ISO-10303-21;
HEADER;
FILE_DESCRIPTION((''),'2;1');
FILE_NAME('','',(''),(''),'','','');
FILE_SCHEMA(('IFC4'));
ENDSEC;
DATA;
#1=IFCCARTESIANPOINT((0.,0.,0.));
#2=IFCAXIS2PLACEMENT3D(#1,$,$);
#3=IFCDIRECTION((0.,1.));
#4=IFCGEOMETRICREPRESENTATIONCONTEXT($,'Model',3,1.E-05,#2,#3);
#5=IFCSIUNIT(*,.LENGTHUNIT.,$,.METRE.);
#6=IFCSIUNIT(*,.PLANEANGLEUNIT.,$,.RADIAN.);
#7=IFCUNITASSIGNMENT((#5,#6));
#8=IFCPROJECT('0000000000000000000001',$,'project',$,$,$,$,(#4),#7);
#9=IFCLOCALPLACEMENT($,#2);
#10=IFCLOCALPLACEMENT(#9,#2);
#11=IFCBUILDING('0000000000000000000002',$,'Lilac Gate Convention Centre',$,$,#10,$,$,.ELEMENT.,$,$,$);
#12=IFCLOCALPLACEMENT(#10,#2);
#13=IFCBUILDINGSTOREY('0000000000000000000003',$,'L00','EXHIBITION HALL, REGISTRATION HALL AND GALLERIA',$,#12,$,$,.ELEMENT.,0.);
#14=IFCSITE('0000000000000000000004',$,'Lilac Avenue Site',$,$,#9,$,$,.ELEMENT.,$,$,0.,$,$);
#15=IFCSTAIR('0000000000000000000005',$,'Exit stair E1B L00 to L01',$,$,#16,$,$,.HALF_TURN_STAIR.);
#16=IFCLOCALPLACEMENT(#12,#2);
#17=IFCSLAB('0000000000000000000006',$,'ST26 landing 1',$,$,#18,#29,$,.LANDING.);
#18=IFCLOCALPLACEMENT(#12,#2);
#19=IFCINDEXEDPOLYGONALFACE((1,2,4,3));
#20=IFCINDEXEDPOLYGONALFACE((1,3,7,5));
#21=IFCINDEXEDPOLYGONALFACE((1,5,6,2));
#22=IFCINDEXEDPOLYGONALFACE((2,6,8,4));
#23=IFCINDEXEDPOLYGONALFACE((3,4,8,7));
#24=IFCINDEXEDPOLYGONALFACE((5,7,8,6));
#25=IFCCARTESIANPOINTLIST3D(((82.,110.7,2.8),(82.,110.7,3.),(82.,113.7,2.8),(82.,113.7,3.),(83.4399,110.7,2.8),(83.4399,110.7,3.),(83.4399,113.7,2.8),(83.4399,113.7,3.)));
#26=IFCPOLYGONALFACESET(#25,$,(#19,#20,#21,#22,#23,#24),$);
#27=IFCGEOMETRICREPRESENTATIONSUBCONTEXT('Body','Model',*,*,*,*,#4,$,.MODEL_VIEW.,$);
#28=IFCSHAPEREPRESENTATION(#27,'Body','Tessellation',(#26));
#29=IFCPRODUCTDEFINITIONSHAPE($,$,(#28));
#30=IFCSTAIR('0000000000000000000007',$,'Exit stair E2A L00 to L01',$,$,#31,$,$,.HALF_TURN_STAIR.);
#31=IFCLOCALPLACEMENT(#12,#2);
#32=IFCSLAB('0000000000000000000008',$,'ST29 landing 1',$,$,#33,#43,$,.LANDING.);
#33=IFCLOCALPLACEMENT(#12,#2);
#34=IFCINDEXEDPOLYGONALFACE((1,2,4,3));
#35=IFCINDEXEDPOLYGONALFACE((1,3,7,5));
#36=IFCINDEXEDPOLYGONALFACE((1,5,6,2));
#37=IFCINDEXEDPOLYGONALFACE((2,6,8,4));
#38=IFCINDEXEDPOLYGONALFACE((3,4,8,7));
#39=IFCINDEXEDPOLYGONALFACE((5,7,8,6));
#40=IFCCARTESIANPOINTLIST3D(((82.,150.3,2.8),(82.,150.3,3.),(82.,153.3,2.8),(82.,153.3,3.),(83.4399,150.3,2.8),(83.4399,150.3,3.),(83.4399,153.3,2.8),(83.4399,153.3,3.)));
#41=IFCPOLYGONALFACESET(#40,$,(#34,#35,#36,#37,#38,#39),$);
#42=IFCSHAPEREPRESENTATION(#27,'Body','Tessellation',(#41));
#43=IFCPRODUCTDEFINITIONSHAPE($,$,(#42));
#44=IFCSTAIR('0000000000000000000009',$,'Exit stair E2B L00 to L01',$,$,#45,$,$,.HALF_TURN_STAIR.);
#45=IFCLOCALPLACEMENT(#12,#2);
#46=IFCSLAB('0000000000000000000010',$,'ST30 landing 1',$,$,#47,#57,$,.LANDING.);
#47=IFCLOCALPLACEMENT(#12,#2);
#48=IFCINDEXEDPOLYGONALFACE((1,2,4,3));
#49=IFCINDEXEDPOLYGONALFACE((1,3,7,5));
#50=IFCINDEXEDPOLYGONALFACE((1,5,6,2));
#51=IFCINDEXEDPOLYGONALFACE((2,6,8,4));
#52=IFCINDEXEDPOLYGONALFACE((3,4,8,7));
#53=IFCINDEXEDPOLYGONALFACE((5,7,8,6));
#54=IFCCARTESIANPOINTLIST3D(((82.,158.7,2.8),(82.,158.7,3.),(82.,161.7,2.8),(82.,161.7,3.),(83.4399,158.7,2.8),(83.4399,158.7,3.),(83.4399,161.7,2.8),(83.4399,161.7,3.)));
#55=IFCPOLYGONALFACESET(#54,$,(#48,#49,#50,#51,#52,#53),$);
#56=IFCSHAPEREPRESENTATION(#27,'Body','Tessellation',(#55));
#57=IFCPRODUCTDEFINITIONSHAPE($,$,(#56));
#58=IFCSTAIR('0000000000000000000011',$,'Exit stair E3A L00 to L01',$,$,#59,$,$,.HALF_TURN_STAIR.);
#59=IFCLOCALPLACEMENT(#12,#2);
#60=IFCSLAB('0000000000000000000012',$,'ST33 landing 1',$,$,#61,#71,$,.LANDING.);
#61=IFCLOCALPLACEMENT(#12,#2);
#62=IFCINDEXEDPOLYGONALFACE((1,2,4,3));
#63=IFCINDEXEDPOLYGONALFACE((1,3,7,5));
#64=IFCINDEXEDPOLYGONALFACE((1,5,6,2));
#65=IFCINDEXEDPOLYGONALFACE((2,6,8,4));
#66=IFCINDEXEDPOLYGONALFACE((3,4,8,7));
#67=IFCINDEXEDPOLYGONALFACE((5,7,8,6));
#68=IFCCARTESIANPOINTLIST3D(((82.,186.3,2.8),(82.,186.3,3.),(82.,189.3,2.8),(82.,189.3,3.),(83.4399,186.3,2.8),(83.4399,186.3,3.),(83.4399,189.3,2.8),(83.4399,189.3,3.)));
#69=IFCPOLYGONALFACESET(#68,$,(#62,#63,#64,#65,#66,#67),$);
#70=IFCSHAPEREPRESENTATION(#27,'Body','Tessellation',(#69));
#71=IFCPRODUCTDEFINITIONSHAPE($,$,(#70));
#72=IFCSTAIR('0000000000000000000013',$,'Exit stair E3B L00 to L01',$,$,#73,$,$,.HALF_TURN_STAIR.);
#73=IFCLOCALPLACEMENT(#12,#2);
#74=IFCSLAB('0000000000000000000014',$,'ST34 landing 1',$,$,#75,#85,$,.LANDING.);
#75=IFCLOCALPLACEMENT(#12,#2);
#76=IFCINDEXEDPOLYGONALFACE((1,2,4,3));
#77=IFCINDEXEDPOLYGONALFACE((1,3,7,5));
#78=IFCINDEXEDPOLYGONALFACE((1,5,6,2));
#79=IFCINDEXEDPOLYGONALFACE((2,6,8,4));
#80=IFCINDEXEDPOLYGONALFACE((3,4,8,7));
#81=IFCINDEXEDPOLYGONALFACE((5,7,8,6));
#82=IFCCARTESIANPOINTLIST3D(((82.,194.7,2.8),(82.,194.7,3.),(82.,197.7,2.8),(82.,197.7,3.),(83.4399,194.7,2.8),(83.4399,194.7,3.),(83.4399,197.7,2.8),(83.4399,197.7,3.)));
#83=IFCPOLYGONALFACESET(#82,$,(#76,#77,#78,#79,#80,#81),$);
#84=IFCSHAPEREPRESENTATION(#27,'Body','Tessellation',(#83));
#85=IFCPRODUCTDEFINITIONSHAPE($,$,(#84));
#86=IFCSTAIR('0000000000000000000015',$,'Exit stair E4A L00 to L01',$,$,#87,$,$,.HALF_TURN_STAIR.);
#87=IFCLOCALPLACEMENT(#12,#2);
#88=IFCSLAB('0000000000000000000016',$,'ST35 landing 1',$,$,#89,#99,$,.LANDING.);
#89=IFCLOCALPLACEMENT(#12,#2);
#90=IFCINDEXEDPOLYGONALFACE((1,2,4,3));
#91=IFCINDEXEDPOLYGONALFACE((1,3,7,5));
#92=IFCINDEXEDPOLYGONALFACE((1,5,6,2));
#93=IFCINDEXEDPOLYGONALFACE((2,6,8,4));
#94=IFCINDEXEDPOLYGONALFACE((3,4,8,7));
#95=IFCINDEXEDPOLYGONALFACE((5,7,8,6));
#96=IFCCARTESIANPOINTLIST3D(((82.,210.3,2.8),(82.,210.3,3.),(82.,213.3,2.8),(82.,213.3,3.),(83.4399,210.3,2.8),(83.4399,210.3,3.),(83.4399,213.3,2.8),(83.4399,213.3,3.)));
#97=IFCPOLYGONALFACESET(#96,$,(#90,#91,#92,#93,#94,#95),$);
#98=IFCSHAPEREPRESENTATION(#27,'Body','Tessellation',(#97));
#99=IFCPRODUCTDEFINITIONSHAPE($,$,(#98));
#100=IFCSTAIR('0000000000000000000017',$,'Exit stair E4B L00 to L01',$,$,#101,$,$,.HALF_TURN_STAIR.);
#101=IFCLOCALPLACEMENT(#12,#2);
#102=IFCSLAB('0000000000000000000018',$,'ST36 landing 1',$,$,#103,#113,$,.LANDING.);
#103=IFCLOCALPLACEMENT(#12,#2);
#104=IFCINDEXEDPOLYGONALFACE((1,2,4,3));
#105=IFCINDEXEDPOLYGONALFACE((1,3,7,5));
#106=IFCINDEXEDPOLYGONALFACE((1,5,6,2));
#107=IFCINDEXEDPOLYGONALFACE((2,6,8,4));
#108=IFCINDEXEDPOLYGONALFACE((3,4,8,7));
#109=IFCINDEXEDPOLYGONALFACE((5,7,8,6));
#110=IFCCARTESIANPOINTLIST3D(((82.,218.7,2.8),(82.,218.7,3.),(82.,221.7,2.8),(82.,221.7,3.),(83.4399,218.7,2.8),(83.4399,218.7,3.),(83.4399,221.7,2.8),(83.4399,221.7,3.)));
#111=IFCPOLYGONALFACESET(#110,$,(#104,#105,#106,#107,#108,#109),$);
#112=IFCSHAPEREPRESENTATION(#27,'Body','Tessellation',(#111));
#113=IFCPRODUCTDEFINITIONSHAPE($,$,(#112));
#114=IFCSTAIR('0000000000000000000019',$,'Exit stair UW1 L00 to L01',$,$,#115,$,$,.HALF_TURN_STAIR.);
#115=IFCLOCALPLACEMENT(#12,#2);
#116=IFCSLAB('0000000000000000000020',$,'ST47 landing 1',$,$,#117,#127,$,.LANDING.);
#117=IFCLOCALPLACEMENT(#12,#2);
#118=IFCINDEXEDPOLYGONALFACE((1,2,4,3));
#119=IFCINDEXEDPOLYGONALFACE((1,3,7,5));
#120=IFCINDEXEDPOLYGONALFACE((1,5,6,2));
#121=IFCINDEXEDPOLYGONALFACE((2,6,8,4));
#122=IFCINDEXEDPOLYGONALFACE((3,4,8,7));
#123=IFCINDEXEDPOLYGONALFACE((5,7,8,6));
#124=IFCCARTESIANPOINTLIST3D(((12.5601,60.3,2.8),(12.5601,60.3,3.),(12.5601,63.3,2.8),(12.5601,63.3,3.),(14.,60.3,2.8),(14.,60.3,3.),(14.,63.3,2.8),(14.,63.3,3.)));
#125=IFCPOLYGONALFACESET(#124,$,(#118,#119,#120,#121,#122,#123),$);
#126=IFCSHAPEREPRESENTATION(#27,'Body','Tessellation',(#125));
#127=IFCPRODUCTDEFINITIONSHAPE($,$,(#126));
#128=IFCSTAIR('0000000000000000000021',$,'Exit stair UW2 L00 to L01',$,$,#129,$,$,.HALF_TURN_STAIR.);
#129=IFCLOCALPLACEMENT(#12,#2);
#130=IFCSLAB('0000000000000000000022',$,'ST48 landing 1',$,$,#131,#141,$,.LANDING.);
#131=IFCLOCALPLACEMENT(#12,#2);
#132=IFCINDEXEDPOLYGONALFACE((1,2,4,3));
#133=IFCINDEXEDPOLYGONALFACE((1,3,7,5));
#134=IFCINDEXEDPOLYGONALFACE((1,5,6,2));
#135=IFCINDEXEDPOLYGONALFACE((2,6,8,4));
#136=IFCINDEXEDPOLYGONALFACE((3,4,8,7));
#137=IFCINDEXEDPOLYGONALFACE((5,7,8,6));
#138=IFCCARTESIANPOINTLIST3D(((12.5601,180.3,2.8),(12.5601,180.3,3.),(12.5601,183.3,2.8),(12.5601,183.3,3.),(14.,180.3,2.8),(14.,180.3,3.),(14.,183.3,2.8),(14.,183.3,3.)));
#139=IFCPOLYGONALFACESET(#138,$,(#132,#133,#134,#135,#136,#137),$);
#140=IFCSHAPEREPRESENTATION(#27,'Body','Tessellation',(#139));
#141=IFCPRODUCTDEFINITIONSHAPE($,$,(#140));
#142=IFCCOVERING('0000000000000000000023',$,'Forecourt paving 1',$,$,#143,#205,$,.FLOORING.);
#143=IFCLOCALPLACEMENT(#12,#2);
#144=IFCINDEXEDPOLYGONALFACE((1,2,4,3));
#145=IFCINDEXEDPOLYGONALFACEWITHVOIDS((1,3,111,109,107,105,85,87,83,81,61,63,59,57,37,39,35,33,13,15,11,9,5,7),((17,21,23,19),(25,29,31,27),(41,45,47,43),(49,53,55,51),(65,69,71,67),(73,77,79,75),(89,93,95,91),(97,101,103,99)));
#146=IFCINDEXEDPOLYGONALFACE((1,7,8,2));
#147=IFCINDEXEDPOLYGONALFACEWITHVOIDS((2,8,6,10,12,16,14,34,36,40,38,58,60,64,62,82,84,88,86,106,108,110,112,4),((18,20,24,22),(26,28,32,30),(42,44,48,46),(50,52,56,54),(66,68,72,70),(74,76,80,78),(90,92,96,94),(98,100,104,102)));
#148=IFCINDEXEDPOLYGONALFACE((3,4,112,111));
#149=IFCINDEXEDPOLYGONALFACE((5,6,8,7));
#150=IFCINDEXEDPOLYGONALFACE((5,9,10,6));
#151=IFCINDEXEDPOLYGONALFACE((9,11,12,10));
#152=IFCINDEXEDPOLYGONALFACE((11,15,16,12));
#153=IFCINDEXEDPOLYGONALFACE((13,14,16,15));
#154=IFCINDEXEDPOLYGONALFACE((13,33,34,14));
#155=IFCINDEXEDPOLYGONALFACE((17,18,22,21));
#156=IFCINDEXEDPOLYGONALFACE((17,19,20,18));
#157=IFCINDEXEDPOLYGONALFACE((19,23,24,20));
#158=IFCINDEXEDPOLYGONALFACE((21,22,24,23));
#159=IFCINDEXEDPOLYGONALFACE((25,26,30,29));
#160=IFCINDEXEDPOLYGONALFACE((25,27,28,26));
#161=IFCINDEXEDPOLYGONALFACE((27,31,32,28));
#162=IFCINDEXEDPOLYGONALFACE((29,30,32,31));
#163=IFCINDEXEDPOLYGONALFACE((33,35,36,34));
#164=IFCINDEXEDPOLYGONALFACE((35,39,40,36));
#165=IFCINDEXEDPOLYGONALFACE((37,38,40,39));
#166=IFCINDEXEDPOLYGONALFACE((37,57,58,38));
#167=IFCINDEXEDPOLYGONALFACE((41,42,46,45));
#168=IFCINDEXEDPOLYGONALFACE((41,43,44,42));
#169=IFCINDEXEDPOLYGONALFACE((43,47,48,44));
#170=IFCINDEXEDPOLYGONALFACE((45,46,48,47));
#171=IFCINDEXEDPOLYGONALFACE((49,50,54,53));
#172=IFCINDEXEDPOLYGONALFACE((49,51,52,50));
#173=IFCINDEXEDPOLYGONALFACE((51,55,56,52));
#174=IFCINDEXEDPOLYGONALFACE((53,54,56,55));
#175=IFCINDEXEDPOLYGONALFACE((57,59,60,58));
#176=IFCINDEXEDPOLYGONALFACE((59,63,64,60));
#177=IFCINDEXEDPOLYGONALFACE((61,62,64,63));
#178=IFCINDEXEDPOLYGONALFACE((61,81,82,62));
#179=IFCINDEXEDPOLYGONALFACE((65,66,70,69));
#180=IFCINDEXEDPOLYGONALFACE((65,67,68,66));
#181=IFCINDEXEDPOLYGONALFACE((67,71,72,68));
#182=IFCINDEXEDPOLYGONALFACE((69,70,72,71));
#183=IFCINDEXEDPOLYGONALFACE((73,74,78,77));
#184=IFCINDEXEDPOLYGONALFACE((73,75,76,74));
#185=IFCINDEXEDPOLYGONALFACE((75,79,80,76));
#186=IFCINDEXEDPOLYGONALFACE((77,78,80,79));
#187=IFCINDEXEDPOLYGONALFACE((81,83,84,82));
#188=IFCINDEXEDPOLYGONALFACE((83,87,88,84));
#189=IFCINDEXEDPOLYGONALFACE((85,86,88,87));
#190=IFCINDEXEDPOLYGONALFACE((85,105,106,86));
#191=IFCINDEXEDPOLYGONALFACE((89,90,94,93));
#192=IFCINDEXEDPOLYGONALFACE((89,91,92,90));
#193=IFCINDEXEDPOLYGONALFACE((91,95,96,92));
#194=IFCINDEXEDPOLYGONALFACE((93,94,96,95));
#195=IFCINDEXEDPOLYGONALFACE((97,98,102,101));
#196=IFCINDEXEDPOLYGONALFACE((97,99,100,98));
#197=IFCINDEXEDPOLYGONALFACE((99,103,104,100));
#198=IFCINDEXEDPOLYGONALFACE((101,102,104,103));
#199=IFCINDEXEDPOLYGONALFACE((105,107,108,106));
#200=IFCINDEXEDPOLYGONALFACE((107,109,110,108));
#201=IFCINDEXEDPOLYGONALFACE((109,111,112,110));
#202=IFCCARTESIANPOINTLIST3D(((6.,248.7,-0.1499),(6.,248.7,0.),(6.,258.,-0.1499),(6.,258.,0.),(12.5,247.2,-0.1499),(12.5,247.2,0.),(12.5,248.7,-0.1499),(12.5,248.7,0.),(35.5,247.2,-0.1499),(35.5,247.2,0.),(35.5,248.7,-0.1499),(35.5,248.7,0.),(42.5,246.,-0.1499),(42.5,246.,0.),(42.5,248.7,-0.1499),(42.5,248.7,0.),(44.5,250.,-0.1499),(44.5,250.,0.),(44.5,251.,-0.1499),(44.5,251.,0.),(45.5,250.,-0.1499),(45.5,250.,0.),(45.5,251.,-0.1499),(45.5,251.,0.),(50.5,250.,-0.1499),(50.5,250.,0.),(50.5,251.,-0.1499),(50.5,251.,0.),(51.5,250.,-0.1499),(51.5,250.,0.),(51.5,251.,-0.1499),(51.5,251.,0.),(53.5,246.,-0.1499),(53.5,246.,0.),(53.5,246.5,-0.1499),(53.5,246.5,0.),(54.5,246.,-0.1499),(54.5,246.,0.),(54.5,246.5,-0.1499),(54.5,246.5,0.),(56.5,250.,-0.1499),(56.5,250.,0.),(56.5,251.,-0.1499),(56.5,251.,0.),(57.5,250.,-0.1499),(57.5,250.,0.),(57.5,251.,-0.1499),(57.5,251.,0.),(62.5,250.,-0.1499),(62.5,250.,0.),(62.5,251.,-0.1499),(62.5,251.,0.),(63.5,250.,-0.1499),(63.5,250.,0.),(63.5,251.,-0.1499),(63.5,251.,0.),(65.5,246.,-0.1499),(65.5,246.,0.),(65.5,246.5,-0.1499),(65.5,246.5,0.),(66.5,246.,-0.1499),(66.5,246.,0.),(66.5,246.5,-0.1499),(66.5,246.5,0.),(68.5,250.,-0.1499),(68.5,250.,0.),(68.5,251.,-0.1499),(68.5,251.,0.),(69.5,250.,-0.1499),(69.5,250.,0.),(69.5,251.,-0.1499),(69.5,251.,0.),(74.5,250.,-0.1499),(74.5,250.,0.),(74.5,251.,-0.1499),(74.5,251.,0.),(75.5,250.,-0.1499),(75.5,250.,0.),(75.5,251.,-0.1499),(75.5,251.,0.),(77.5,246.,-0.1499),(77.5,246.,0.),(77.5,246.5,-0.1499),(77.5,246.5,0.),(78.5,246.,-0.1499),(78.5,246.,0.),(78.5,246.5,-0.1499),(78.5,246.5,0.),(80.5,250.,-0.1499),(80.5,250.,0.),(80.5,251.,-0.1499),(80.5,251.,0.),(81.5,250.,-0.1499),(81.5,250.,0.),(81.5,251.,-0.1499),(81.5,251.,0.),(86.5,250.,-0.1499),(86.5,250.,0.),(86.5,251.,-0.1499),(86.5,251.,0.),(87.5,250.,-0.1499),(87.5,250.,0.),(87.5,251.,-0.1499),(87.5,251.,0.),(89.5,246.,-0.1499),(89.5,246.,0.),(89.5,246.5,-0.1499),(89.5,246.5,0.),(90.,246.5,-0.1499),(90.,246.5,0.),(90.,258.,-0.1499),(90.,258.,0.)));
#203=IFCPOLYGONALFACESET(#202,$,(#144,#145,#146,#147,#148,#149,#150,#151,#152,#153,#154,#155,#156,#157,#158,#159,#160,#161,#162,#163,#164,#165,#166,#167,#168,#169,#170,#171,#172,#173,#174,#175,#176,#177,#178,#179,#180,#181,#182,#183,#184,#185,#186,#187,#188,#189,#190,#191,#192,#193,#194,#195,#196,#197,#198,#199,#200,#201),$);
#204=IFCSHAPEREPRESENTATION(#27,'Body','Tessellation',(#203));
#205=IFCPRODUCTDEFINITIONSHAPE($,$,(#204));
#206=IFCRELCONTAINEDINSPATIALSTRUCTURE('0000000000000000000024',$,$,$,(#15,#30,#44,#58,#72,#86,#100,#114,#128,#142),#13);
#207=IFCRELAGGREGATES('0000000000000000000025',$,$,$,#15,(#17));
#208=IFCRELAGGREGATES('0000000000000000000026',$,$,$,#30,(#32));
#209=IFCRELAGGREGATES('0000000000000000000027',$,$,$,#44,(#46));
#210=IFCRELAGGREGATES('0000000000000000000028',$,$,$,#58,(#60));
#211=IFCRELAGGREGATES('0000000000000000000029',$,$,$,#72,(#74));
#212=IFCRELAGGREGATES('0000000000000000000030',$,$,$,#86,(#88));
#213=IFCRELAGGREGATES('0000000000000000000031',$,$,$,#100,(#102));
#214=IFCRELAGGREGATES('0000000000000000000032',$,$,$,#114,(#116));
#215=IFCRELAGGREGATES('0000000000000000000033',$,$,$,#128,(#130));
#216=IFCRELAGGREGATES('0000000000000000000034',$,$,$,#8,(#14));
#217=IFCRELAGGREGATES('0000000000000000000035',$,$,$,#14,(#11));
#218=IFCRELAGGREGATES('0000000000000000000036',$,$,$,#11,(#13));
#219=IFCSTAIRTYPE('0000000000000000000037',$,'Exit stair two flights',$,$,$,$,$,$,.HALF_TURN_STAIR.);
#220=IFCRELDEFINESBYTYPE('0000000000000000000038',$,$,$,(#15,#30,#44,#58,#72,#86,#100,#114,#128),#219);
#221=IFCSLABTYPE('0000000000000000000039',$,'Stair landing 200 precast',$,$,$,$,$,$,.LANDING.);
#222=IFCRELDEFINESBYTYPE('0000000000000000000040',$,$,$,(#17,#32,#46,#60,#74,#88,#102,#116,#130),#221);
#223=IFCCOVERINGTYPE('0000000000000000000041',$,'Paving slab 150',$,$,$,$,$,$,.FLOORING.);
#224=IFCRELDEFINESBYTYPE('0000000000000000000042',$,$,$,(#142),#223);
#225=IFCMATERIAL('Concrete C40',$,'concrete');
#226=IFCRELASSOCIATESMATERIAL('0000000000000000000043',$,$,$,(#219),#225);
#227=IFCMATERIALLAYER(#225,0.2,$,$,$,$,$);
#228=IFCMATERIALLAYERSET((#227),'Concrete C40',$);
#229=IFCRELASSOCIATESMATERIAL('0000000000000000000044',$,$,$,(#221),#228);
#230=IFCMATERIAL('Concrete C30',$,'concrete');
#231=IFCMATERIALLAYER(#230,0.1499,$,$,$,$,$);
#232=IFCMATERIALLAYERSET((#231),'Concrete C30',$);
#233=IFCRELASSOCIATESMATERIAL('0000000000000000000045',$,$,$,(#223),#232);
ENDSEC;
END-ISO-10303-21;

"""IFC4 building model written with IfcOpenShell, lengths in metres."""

from ifc_helpers import new_model, si_unit, direction, frame, origin, place, context, subcontext, project, spatial, polyline, outline, extrude, material, layer, layer_set, type_object, element, aggregate, save


model = new_model("IFC4")

# Units and contexts
model_context = context("Model", 3, precision=1e-05, world=origin(), true_north=direction((0.0, 1.0)))
body_context = subcontext(model_context, "Body", "Model", "MODEL_VIEW")
ifc_project = project(units=[si_unit("LENGTHUNIT", "METRE"), si_unit("PLANEANGLEUNIT", "RADIAN")], contexts=[model_context])

# Site, building, storey
site_placement = place(None, origin())
site = spatial("IfcSite", under=ifc_project, at=site_placement, Name="Lilac Avenue Site", CompositionType="ELEMENT", RefElevation=0.0)
building_placement = place(site_placement, origin())
building = spatial("IfcBuilding", under=site, at=building_placement, Name="Lilac Gate Convention Centre", CompositionType="ELEMENT")
storey_placement = place(building_placement, origin())
storey = spatial("IfcBuildingStorey", under=building, at=storey_placement, Name="L00", Description="EXHIBITION HALL, REGISTRATION HALL AND GALLERIA", CompositionType="ELEMENT", Elevation=0.0)

# Shared definitions
ifc_material_1 = material(Name="Concrete C30", Category="concrete")

# Shared definitions
ifc_material_2 = material(Name="Concrete C40", Category="concrete")

# Stairs, slabs
stair_type_1 = type_object("IfcStairType", Name="Exit stair two flights", PredefinedType="HALF_TURN_STAIR", material=ifc_material_2)
ifc_layer_1 = layer(ifc_material_2, 0.2)
ifc_layer_set_1 = layer_set([ifc_layer_1], Name="Concrete C40")
slab_type_1 = type_object("IfcSlabType", Name="Stair landing 200 precast", PredefinedType="LANDING", material=ifc_layer_set_1)
stair_1_placement = place(storey_placement, origin())
stair_1 = element("IfcStair", 1, at=stair_1_placement, inside=storey, type_object=stair_type_1, Name="Exit stair E1B L00 to L01", PredefinedType="HALF_TURN_STAIR")
slab_1_placement = place(storey_placement, frame((0.0, 0.0, 2.8)))
slab_1 = element("IfcSlab", 2, at=slab_1_placement, type_object=slab_type_1, Name="ST26 landing 1", PredefinedType="LANDING", context=body_context, shape_type="SweptSolid", body=[
    extrude(outline(polyline([(82.0, 110.7), (83.4399, 110.7), (83.4399, 113.7), (82.0, 113.7), (82.0, 110.7)])), origin(), (0.0, 0.0, 1.0), 0.2),
])
aggregate(stair_1, [slab_1])
stair_2_placement = place(storey_placement, origin())
stair_2 = element("IfcStair", 3, at=stair_2_placement, inside=storey, type_object=stair_type_1, Name="Exit stair E2A L00 to L01", PredefinedType="HALF_TURN_STAIR")
slab_2_placement = place(storey_placement, frame((0.0, 0.0, 2.8)))
slab_2 = element("IfcSlab", 4, at=slab_2_placement, type_object=slab_type_1, Name="ST29 landing 1", PredefinedType="LANDING", context=body_context, shape_type="SweptSolid", body=[
    extrude(outline(polyline([(82.0, 150.3), (83.4399, 150.3), (83.4399, 153.3), (82.0, 153.3), (82.0, 150.3)])), origin(), (0.0, 0.0, 1.0), 0.2),
])
aggregate(stair_2, [slab_2])
stair_3_placement = place(storey_placement, origin())
stair_3 = element("IfcStair", 5, at=stair_3_placement, inside=storey, type_object=stair_type_1, Name="Exit stair E2B L00 to L01", PredefinedType="HALF_TURN_STAIR")
slab_3_placement = place(storey_placement, frame((0.0, 0.0, 2.8)))
slab_3 = element("IfcSlab", 6, at=slab_3_placement, type_object=slab_type_1, Name="ST30 landing 1", PredefinedType="LANDING", context=body_context, shape_type="SweptSolid", body=[
    extrude(outline(polyline([(82.0, 158.7), (83.4399, 158.7), (83.4399, 161.7), (82.0, 161.7), (82.0, 158.7)])), origin(), (0.0, 0.0, 1.0), 0.2),
])
aggregate(stair_3, [slab_3])
stair_4_placement = place(storey_placement, origin())
stair_4 = element("IfcStair", 7, at=stair_4_placement, inside=storey, type_object=stair_type_1, Name="Exit stair E3A L00 to L01", PredefinedType="HALF_TURN_STAIR")
slab_4_placement = place(storey_placement, frame((0.0, 0.0, 2.8)))
slab_4 = element("IfcSlab", 8, at=slab_4_placement, type_object=slab_type_1, Name="ST33 landing 1", PredefinedType="LANDING", context=body_context, shape_type="SweptSolid", body=[
    extrude(outline(polyline([(82.0, 186.3), (83.4399, 186.3), (83.4399, 189.3), (82.0, 189.3), (82.0, 186.3)])), origin(), (0.0, 0.0, 1.0), 0.2),
])
aggregate(stair_4, [slab_4])
stair_5_placement = place(storey_placement, origin())
stair_5 = element("IfcStair", 9, at=stair_5_placement, inside=storey, type_object=stair_type_1, Name="Exit stair E3B L00 to L01", PredefinedType="HALF_TURN_STAIR")
slab_5_placement = place(storey_placement, frame((0.0, 0.0, 2.8)))
slab_5 = element("IfcSlab", 10, at=slab_5_placement, type_object=slab_type_1, Name="ST34 landing 1", PredefinedType="LANDING", context=body_context, shape_type="SweptSolid", body=[
    extrude(outline(polyline([(82.0, 194.7), (83.4399, 194.7), (83.4399, 197.7), (82.0, 197.7), (82.0, 194.7)])), origin(), (0.0, 0.0, 1.0), 0.2),
])
aggregate(stair_5, [slab_5])
stair_6_placement = place(storey_placement, origin())
stair_6 = element("IfcStair", 11, at=stair_6_placement, inside=storey, type_object=stair_type_1, Name="Exit stair E4A L00 to L01", PredefinedType="HALF_TURN_STAIR")
slab_6_placement = place(storey_placement, frame((0.0, 0.0, 2.8)))
slab_6 = element("IfcSlab", 12, at=slab_6_placement, type_object=slab_type_1, Name="ST35 landing 1", PredefinedType="LANDING", context=body_context, shape_type="SweptSolid", body=[
    extrude(outline(polyline([(82.0, 210.3), (83.4399, 210.3), (83.4399, 213.3), (82.0, 213.3), (82.0, 210.3)])), origin(), (0.0, 0.0, 1.0), 0.2),
])
aggregate(stair_6, [slab_6])
stair_7_placement = place(storey_placement, origin())
stair_7 = element("IfcStair", 13, at=stair_7_placement, inside=storey, type_object=stair_type_1, Name="Exit stair E4B L00 to L01", PredefinedType="HALF_TURN_STAIR")
slab_7_placement = place(storey_placement, frame((0.0, 0.0, 2.8)))
slab_7 = element("IfcSlab", 14, at=slab_7_placement, type_object=slab_type_1, Name="ST36 landing 1", PredefinedType="LANDING", context=body_context, shape_type="SweptSolid", body=[
    extrude(outline(polyline([(82.0, 218.7), (83.4399, 218.7), (83.4399, 221.7), (82.0, 221.7), (82.0, 218.7)])), origin(), (0.0, 0.0, 1.0), 0.2),
])
aggregate(stair_7, [slab_7])
stair_8_placement = place(storey_placement, origin())
stair_8 = element("IfcStair", 15, at=stair_8_placement, inside=storey, type_object=stair_type_1, Name="Exit stair UW1 L00 to L01", PredefinedType="HALF_TURN_STAIR")
slab_8_placement = place(storey_placement, frame((0.0, 0.0, 2.8)))
slab_8 = element("IfcSlab", 16, at=slab_8_placement, type_object=slab_type_1, Name="ST47 landing 1", PredefinedType="LANDING", context=body_context, shape_type="SweptSolid", body=[
    extrude(outline(polyline([(12.5601, 60.3), (14.0, 60.3), (14.0, 63.3), (12.5601, 63.3), (12.5601, 60.3)])), origin(), (0.0, 0.0, 1.0), 0.2),
])
aggregate(stair_8, [slab_8])
stair_9_placement = place(storey_placement, origin())
stair_9 = element("IfcStair", 17, at=stair_9_placement, inside=storey, type_object=stair_type_1, Name="Exit stair UW2 L00 to L01", PredefinedType="HALF_TURN_STAIR")
slab_9_placement = place(storey_placement, frame((0.0, 0.0, 2.8)))
slab_9 = element("IfcSlab", 18, at=slab_9_placement, type_object=slab_type_1, Name="ST48 landing 1", PredefinedType="LANDING", context=body_context, shape_type="SweptSolid", body=[
    extrude(outline(polyline([(12.5601, 180.3), (14.0, 180.3), (14.0, 183.3), (12.5601, 183.3), (12.5601, 180.3)])), origin(), (0.0, 0.0, 1.0), 0.2),
])
aggregate(stair_9, [slab_9])

# Covering
ifc_layer_2 = layer(ifc_material_1, 0.1499)
ifc_layer_set_2 = layer_set([ifc_layer_2], Name="Concrete C30")
covering_type = type_object("IfcCoveringType", Name="Paving slab 150", PredefinedType="FLOORING", material=ifc_layer_set_2)
covering_1_placement = place(storey_placement, frame((0.0, 0.0, -0.1499)))
element("IfcCovering", 19, at=covering_1_placement, inside=storey, type_object=covering_type, Name="Forecourt paving 1", PredefinedType="FLOORING", context=body_context, shape_type="SweptSolid", body=[
    extrude(outline(polyline([(6.0, 258.0), (90.0, 258.0), (90.0, 246.5), (89.5, 246.5), (89.5, 246.0), (78.5, 246.0), (78.5, 246.5), (77.5, 246.5), (77.5, 246.0), (66.5, 246.0), (66.5, 246.5), (65.5, 246.5), (65.5, 246.0), (54.5, 246.0), (54.5, 246.5), (53.5, 246.5), (53.5, 246.0), (42.5, 246.0), (42.5, 248.7), (35.5, 248.7), (35.5, 247.2), (12.5, 247.2), (12.5, 248.7), (6.0, 248.7), (6.0, 258.0)]), holes=[polyline([(44.5, 251.0), (44.5, 250.0), (45.5, 250.0), (45.5, 251.0), (44.5, 251.0)]), polyline([(63.5, 251.0), (62.5, 251.0), (62.5, 250.0), (63.5, 250.0), (63.5, 251.0)]), polyline([(50.5, 251.0), (50.5, 250.0), (51.5, 250.0), (51.5, 251.0), (50.5, 251.0)]), polyline([(57.5, 251.0), (56.5, 251.0), (56.5, 250.0), (57.5, 250.0), (57.5, 251.0)]), polyline([(69.5, 251.0), (68.5, 251.0), (68.5, 250.0), (69.5, 250.0), (69.5, 251.0)]), polyline([(74.5, 251.0), (74.5, 250.0), (75.5, 250.0), (75.5, 251.0), (74.5, 251.0)]), polyline([(81.5, 251.0), (80.5, 251.0), (80.5, 250.0), (81.5, 250.0), (81.5, 251.0)]), polyline([(87.5, 251.0), (86.5, 251.0), (86.5, 250.0), (87.5, 250.0), (87.5, 251.0)])]), origin(), (0.0, 0.0, 1.0), 0.1499),
])

save(model, "model.ifc")
